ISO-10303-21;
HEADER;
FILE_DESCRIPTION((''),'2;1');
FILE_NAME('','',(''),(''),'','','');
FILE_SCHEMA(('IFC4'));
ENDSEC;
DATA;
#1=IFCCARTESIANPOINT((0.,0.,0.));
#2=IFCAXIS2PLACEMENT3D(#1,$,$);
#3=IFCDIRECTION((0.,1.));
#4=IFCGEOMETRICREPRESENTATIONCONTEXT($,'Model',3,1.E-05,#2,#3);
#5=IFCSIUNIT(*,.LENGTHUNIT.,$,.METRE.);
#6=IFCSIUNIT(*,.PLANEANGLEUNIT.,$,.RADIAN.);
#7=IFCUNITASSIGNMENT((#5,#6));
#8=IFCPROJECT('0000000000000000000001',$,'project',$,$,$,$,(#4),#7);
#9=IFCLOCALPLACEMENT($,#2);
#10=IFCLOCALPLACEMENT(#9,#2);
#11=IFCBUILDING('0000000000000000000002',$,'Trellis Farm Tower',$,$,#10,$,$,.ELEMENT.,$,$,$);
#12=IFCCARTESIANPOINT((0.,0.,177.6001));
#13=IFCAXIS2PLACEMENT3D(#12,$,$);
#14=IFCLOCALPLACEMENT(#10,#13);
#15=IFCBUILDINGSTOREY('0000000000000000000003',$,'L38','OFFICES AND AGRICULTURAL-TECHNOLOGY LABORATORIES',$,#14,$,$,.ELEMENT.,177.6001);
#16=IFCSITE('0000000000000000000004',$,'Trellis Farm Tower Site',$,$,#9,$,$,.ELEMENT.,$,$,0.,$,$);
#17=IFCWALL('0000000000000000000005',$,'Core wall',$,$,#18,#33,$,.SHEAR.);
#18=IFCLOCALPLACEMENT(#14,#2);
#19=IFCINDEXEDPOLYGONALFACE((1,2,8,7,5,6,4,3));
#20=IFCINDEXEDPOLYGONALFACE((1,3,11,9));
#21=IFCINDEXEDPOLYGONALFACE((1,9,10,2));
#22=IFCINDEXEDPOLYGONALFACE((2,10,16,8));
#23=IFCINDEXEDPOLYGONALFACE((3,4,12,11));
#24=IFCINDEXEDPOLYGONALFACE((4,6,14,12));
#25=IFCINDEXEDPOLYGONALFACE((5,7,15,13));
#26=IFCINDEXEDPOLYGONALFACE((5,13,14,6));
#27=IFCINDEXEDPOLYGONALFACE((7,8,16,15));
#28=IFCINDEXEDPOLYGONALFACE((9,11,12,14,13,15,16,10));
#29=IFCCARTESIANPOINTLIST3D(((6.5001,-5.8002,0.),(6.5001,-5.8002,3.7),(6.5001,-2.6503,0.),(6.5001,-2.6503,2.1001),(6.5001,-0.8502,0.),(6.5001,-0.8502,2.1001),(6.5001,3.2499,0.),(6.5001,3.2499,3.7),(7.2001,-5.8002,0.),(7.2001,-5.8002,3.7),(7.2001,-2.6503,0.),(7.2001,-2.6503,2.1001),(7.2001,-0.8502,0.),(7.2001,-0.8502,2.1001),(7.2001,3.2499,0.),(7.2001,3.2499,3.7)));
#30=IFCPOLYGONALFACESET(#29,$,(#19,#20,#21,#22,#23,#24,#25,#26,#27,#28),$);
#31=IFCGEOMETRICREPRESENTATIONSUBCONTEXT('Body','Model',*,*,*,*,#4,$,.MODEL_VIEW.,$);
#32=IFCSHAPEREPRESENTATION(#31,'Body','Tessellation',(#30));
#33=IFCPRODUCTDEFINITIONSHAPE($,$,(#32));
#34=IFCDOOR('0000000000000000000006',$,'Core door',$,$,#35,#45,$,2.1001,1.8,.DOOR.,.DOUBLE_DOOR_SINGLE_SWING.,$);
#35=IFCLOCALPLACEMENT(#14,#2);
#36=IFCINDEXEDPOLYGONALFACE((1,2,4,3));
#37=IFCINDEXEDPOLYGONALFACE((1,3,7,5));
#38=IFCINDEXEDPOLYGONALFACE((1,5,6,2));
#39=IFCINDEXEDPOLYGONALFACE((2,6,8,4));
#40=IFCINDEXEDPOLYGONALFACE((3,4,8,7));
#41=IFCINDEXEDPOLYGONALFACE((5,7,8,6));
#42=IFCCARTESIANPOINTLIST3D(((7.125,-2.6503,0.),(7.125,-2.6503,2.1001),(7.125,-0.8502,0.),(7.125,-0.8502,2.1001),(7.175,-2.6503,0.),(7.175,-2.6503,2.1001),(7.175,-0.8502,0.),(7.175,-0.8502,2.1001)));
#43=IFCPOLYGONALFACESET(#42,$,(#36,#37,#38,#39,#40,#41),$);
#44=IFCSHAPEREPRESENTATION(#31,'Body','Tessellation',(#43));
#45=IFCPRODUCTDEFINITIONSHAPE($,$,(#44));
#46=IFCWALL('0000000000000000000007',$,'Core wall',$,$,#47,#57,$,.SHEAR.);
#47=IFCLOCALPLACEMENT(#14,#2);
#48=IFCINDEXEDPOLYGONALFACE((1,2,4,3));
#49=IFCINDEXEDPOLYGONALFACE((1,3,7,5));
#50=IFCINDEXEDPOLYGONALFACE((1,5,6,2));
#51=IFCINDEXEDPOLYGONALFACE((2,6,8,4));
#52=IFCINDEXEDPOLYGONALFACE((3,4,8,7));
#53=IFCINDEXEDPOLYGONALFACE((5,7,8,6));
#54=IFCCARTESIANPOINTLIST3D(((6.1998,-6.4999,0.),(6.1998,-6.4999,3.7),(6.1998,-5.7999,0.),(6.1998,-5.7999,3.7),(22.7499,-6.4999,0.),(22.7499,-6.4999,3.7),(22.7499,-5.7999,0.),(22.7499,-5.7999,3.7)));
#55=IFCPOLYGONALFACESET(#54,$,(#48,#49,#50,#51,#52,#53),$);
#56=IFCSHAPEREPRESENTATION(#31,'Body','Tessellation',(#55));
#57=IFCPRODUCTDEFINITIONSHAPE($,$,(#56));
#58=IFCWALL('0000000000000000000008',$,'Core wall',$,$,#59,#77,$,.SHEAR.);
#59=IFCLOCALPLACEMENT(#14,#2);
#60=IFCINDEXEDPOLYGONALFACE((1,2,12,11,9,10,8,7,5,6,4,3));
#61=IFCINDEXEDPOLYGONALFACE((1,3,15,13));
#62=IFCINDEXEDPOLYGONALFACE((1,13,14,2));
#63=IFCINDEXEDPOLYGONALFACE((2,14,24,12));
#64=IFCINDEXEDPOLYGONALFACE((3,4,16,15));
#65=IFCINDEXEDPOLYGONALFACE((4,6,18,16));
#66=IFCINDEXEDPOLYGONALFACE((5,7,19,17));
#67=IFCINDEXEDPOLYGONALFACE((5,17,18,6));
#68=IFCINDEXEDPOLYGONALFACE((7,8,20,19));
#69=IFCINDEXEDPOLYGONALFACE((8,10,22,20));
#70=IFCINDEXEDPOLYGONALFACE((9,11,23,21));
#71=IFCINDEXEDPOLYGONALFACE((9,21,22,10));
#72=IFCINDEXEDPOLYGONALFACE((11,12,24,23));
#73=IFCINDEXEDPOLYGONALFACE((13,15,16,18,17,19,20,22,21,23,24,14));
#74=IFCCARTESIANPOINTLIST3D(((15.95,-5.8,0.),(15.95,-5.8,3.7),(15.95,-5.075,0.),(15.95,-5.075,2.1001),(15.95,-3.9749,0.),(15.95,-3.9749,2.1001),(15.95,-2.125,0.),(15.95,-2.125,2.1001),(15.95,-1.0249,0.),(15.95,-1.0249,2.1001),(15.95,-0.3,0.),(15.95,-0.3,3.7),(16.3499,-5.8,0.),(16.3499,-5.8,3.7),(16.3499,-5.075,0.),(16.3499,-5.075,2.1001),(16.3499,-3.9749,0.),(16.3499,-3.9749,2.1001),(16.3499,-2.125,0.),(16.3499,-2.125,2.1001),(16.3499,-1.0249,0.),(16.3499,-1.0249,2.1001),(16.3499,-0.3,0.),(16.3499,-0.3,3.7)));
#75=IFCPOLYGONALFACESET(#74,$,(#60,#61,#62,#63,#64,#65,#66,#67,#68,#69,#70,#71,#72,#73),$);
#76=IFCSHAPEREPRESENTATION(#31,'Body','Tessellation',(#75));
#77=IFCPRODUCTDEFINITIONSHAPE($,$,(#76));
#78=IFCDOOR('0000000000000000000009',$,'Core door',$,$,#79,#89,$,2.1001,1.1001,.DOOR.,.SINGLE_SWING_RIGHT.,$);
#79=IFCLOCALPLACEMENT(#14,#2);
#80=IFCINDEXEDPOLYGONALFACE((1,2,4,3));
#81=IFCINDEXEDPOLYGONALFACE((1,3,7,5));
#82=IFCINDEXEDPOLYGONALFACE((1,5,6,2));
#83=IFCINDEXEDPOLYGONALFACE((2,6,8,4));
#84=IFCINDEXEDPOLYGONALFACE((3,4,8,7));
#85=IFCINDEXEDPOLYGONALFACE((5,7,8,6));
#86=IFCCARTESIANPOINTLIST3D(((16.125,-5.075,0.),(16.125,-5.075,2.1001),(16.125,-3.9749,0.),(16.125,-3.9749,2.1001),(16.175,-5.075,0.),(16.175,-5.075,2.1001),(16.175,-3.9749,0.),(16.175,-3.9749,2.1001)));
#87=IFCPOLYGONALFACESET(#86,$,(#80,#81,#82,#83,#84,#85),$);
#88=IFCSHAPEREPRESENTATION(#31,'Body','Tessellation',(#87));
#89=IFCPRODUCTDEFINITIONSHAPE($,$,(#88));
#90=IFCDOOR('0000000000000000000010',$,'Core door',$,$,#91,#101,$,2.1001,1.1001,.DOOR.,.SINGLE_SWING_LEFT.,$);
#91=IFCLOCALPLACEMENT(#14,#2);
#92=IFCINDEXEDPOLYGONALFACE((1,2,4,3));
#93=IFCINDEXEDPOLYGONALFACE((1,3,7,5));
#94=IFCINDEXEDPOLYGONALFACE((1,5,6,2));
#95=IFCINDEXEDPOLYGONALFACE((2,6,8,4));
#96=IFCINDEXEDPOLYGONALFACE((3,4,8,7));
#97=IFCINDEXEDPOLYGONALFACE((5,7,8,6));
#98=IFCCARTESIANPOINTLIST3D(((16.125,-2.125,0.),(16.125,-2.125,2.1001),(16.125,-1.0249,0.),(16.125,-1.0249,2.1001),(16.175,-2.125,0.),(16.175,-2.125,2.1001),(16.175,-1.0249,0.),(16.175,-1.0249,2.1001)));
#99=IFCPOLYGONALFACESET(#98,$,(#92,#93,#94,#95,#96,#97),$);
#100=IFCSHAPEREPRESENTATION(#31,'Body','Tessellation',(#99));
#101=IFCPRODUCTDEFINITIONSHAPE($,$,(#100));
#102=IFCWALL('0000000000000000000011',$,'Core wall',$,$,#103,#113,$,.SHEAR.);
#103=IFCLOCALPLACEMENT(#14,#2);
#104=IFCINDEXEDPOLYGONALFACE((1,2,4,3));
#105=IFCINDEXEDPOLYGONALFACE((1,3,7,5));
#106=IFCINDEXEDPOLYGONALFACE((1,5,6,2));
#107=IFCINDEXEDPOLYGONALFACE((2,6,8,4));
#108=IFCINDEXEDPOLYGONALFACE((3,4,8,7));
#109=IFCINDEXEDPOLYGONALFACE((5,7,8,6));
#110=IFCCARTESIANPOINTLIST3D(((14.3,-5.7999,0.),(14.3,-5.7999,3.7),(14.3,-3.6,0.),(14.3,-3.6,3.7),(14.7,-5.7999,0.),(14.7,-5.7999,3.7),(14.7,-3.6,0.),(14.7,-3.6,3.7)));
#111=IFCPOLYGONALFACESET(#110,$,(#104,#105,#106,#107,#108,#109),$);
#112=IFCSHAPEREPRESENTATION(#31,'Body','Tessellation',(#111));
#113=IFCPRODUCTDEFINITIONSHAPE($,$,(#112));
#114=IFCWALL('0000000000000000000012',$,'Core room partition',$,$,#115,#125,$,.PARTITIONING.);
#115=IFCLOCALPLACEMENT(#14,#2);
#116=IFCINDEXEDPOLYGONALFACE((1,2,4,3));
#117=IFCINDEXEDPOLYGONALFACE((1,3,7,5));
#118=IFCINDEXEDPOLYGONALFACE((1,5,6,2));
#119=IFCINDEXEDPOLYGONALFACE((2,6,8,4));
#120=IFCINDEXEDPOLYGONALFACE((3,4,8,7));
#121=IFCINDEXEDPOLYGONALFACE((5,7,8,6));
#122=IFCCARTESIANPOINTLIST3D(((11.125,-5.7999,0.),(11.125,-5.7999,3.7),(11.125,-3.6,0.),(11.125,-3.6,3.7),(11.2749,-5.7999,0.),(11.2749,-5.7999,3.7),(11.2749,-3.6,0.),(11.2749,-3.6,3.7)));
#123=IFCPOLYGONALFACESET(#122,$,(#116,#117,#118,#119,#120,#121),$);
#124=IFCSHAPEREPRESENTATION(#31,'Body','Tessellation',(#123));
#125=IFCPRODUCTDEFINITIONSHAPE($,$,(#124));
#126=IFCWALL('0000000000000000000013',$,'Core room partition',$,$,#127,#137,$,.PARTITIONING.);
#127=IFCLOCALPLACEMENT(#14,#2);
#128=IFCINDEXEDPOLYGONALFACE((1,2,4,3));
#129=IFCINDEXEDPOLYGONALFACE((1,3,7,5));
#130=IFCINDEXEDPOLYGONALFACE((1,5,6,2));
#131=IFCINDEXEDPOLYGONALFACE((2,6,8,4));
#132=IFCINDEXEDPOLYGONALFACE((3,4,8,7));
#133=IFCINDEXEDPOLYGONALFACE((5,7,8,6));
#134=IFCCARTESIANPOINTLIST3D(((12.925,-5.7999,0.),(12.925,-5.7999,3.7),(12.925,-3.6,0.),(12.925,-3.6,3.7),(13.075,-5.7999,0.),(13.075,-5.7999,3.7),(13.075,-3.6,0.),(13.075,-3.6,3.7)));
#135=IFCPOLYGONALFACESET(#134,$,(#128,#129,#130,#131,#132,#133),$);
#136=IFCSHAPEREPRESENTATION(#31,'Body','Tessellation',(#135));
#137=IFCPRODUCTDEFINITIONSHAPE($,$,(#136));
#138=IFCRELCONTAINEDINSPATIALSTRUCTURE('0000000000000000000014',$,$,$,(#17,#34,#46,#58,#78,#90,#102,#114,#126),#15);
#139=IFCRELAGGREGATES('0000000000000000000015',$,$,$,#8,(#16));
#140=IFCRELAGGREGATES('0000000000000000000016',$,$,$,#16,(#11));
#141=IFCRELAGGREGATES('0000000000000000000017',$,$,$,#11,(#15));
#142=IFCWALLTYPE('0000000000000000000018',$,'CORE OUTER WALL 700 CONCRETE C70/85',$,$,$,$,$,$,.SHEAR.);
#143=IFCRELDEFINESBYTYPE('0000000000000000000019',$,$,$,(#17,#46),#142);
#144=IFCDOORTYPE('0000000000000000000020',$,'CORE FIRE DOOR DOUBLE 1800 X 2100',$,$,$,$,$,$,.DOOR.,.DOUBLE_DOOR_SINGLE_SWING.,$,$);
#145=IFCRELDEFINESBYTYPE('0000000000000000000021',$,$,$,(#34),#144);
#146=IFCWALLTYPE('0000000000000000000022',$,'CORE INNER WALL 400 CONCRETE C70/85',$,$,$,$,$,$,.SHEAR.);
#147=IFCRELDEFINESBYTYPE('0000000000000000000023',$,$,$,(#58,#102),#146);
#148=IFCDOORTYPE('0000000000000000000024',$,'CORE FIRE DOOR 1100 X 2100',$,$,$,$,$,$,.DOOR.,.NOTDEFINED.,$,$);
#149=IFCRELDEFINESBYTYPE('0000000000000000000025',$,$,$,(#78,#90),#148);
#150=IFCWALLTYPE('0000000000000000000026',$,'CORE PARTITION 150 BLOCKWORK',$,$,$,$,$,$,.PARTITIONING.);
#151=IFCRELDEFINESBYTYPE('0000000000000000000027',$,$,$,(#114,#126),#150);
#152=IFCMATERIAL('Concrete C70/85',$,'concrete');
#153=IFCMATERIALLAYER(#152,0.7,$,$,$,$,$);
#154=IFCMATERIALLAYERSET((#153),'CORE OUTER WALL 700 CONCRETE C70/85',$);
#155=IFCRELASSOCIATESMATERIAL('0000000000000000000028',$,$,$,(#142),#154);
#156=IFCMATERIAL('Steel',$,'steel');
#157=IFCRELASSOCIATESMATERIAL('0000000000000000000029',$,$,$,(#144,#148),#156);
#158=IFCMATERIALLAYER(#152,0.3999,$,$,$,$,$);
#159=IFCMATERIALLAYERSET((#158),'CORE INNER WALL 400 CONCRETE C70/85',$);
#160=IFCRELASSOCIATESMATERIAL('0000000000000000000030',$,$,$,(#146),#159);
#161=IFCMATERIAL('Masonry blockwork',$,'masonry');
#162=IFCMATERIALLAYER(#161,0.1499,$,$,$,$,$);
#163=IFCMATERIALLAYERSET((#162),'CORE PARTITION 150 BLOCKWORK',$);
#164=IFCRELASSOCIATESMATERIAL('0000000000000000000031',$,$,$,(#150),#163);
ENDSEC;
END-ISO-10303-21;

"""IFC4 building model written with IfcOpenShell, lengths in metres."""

from ifc_helpers import new_model, si_unit, direction, frame, frame_2d, origin, place, context, subcontext, project, spatial, rectangle, extrude, source, transform, mapped, material, layer, layer_set, type_object, element, fill, save


model = new_model("IFC4")

# Units and contexts
model_context = context("Model", 3, precision=1e-05, world=origin(), true_north=direction((0.0, 1.0)))
body_context = subcontext(model_context, "Body", "Model", "MODEL_VIEW")
ifc_project = project(units=[si_unit("LENGTHUNIT", "METRE"), si_unit("PLANEANGLEUNIT", "RADIAN")], contexts=[model_context])

# Site, building, storey
site_placement = place(None, origin())
site = spatial("IfcSite", under=ifc_project, at=site_placement, Name="Trellis Farm Tower Site", CompositionType="ELEMENT", RefElevation=0.0)
building_placement = place(site_placement, origin())
building = spatial("IfcBuilding", under=site, at=building_placement, Name="Trellis Farm Tower", CompositionType="ELEMENT")
storey_placement = place(building_placement, frame((0.0, 0.0, 177.6001)))
storey = spatial("IfcBuildingStorey", under=building, at=storey_placement, Name="L38", Description="OFFICES AND AGRICULTURAL-TECHNOLOGY LABORATORIES", CompositionType="ELEMENT", Elevation=177.6001)

# Shared definitions
ifc_material_1 = material(Name="Concrete C70/85", Category="concrete")

# Wall, opening, door
ifc_layer_1 = layer(ifc_material_1, 0.7)
ifc_layer_set_1 = layer_set([ifc_layer_1], Name="CORE OUTER WALL 700 CONCRETE C70/85")
wall_type_1 = type_object("IfcWallType", Name="CORE OUTER WALL 700 CONCRETE C70/85", PredefinedType="SHEAR", material=ifc_layer_set_1)
shared_shape_1 = source(origin(), body_context, "Body", "SweptSolid", [
    extrude(rectangle(XDim=9.05, YDim=0.7, at=frame_2d((4.5249, 0.0))), origin(), (0.0, 0.0, 1.0), 3.7),
])
wall_1_placement = place(storey_placement, frame((6.8501, -5.8, 0.0), z_axis=(0.0, 0.0, 1.0), x_axis=(0.0, 1.0, 0.0)))
wall_1 = element("IfcWall", 1, at=wall_1_placement, inside=storey, type_object=wall_type_1, Name="Core wall", PredefinedType="SHEAR", context=body_context, shape_type="MappedRepresentation", body=[
    mapped(shared_shape_1, transform((0.0, 0.0, 0.0))),
])
shared_shape_2 = source(origin(), body_context, "Body", "SweptSolid", [
    extrude(rectangle(XDim=1.8, YDim=2.1001, at=frame_2d((0.8999, 1.05))), frame((0.0, 0.3601, 0.0), z_axis=(0.0, -1.0, 0.0), x_axis=(1.0, 0.0, 0.0)), (0.0, 0.0, 1.0), 0.7202),
])
opening_1_placement = place(wall_1_placement, frame((3.1499, 0.0, 0.0)))
opening_1 = element("IfcOpeningElement", 2, at=opening_1_placement, cuts=wall_1, PredefinedType="OPENING", context=body_context, shape_type="MappedRepresentation", body=[
    mapped(shared_shape_2, transform((0.0, 0.0, 0.0))),
])
ifc_material_2 = material(Name="Steel", Category="steel")
door_type_1 = type_object("IfcDoorType", Name="CORE FIRE DOOR DOUBLE 1800 X 2100", OperationType="DOUBLE_DOOR_SINGLE_SWING", PredefinedType="DOOR", material=ifc_material_2)
shared_shape_3 = source(origin(), body_context, "Body", "SweptSolid", [
    extrude(rectangle(XDim=1.8, YDim=2.1001, at=frame_2d((0.8999, 1.05))), frame((0.0, -0.2749, 0.0), z_axis=(0.0, -1.0, 0.0), x_axis=(1.0, 0.0, 0.0)), (0.0, 0.0, 1.0), 0.05),
])
door_1_placement = place(opening_1_placement, origin())
door_1 = element("IfcDoor", 3, at=door_1_placement, inside=storey, type_object=door_type_1, Name="Core door", OperationType="DOUBLE_DOOR_SINGLE_SWING", OverallHeight=2.1001, OverallWidth=1.8, PredefinedType="DOOR", context=body_context, shape_type="MappedRepresentation", body=[
    mapped(shared_shape_3, transform((0.0, 0.0, 0.0))),
])
fill(opening_1, door_1)

# Wall
shared_shape_4 = source(origin(), body_context, "Body", "SweptSolid", [
    extrude(rectangle(XDim=16.55, YDim=0.7, at=frame_2d((8.2749, 0.0))), origin(), (0.0, 0.0, 1.0), 3.7),
])
wall_2_placement = place(storey_placement, frame((6.2, -6.1499, 0.0), z_axis=(0.0, 0.0, 1.0), x_axis=(1.0, 0.0, 0.0)))
element("IfcWall", 4, at=wall_2_placement, inside=storey, type_object=wall_type_1, Name="Core wall", PredefinedType="SHEAR", context=body_context, shape_type="MappedRepresentation", body=[
    mapped(shared_shape_4, transform((0.0, 0.0, 0.0))),
])

# Wall, openings, doors
ifc_layer_2 = layer(ifc_material_1, 0.3999)
ifc_layer_set_2 = layer_set([ifc_layer_2], Name="CORE INNER WALL 400 CONCRETE C70/85")
wall_type_2 = type_object("IfcWallType", Name="CORE INNER WALL 400 CONCRETE C70/85", PredefinedType="SHEAR", material=ifc_layer_set_2)
shared_shape_5 = source(origin(), body_context, "Body", "SweptSolid", [
    extrude(rectangle(XDim=5.5, YDim=0.3999, at=frame_2d((2.75, 0.0))), origin(), (0.0, 0.0, 1.0), 3.7),
])
wall_3_placement = place(storey_placement, frame((16.1499, -5.8, 0.0), z_axis=(0.0, 0.0, 1.0), x_axis=(0.0, 1.0, 0.0)))
wall_3 = element("IfcWall", 5, at=wall_3_placement, inside=storey, type_object=wall_type_2, Name="Core wall", PredefinedType="SHEAR", context=body_context, shape_type="MappedRepresentation", body=[
    mapped(shared_shape_5, transform((0.0, 0.0, 0.0))),
])
shared_shape_6 = source(origin(), body_context, "Body", "SweptSolid", [
    extrude(rectangle(XDim=1.1001, YDim=2.1001, at=frame_2d((0.55, 1.05))), frame((0.0, 0.21, 0.0), z_axis=(0.0, -1.0, 0.0), x_axis=(1.0, 0.0, 0.0)), (0.0, 0.0, 1.0), 0.4199),
])
opening_2_placement = place(wall_3_placement, frame((0.7251, 0.0, 0.0)))
opening_2 = element("IfcOpeningElement", 6, at=opening_2_placement, cuts=wall_3, PredefinedType="OPENING", context=body_context, shape_type="MappedRepresentation", body=[
    mapped(shared_shape_6, transform((0.0, 0.0, 0.0))),
])
opening_3_placement = place(wall_3_placement, frame((3.675, 0.0, 0.0)))
opening_3 = element("IfcOpeningElement", 7, at=opening_3_placement, cuts=wall_3, PredefinedType="OPENING", context=body_context, shape_type="MappedRepresentation", body=[
    mapped(shared_shape_6, transform((0.0, 0.0, 0.0))),
])
door_type_2 = type_object("IfcDoorType", Name="CORE FIRE DOOR 1100 X 2100", OperationType="NOTDEFINED", PredefinedType="DOOR", material=ifc_material_2)
shared_shape_7 = source(origin(), body_context, "Body", "SweptSolid", [
    extrude(rectangle(XDim=1.1001, YDim=2.1001, at=frame_2d((0.55, 1.05))), frame((0.0, 0.0249, 0.0), z_axis=(0.0, -1.0, 0.0), x_axis=(1.0, 0.0, 0.0)), (0.0, 0.0, 1.0), 0.05),
])
door_2_placement = place(opening_2_placement, origin())
door_2 = element("IfcDoor", 8, at=door_2_placement, inside=storey, type_object=door_type_2, Name="Core door", OperationType="SINGLE_SWING_RIGHT", OverallHeight=2.1001, OverallWidth=1.1001, PredefinedType="DOOR", context=body_context, shape_type="MappedRepresentation", body=[
    mapped(shared_shape_7, transform((0.0, 0.0, 0.0))),
])
fill(opening_2, door_2)
door_3_placement = place(opening_3_placement, origin())
door_3 = element("IfcDoor", 9, at=door_3_placement, inside=storey, type_object=door_type_2, Name="Core door", OperationType="SINGLE_SWING_LEFT", OverallHeight=2.1001, OverallWidth=1.1001, PredefinedType="DOOR", context=body_context, shape_type="MappedRepresentation", body=[
    mapped(shared_shape_7, transform((0.0, 0.0, 0.0))),
])
fill(opening_3, door_3)

# Walls
shared_shape_8 = source(origin(), body_context, "Body", "SweptSolid", [
    extrude(rectangle(XDim=2.2, YDim=0.3999, at=frame_2d((1.1001, 0.0))), origin(), (0.0, 0.0, 1.0), 3.7),
])
wall_4_placement = place(storey_placement, frame((14.5, -5.8, 0.0), z_axis=(0.0, 0.0, 1.0), x_axis=(0.0, 1.0, 0.0)))
element("IfcWall", 10, at=wall_4_placement, inside=storey, type_object=wall_type_2, Name="Core wall", PredefinedType="SHEAR", context=body_context, shape_type="MappedRepresentation", body=[
    mapped(shared_shape_8, transform((0.0, 0.0, 0.0))),
])
ifc_material_3 = material(Name="Masonry blockwork", Category="masonry")
ifc_layer_3 = layer(ifc_material_3, 0.1499)
ifc_layer_set_3 = layer_set([ifc_layer_3], Name="CORE PARTITION 150 BLOCKWORK")
wall_type_3 = type_object("IfcWallType", Name="CORE PARTITION 150 BLOCKWORK", PredefinedType="PARTITIONING", material=ifc_layer_set_3)
shared_shape_9 = source(origin(), body_context, "Body", "SweptSolid", [
    extrude(rectangle(XDim=2.2, YDim=0.1499, at=frame_2d((1.1001, 0.0))), origin(), (0.0, 0.0, 1.0), 3.7),
])
for number, where, z_axis, x_axis, name in (
    (11, (11.2, -5.8, 0.0), (0.0, 0.0, 1.0), (0.0, 1.0, 0.0), "Core room partition"),
    (12, (13.0, -5.8, 0.0), (0.0, 0.0, 1.0), (0.0, 1.0, 0.0), "Core room partition"),
):
    element("IfcWall", number, at=place(storey_placement, frame(where, z_axis=z_axis, x_axis=x_axis)), inside=storey, type_object=wall_type_3, Name=name, PredefinedType="PARTITIONING", context=body_context, shape_type="MappedRepresentation", body=[
        mapped(shared_shape_9, transform((0.0, 0.0, 0.0))),
    ])

save(model, "model.ifc")
